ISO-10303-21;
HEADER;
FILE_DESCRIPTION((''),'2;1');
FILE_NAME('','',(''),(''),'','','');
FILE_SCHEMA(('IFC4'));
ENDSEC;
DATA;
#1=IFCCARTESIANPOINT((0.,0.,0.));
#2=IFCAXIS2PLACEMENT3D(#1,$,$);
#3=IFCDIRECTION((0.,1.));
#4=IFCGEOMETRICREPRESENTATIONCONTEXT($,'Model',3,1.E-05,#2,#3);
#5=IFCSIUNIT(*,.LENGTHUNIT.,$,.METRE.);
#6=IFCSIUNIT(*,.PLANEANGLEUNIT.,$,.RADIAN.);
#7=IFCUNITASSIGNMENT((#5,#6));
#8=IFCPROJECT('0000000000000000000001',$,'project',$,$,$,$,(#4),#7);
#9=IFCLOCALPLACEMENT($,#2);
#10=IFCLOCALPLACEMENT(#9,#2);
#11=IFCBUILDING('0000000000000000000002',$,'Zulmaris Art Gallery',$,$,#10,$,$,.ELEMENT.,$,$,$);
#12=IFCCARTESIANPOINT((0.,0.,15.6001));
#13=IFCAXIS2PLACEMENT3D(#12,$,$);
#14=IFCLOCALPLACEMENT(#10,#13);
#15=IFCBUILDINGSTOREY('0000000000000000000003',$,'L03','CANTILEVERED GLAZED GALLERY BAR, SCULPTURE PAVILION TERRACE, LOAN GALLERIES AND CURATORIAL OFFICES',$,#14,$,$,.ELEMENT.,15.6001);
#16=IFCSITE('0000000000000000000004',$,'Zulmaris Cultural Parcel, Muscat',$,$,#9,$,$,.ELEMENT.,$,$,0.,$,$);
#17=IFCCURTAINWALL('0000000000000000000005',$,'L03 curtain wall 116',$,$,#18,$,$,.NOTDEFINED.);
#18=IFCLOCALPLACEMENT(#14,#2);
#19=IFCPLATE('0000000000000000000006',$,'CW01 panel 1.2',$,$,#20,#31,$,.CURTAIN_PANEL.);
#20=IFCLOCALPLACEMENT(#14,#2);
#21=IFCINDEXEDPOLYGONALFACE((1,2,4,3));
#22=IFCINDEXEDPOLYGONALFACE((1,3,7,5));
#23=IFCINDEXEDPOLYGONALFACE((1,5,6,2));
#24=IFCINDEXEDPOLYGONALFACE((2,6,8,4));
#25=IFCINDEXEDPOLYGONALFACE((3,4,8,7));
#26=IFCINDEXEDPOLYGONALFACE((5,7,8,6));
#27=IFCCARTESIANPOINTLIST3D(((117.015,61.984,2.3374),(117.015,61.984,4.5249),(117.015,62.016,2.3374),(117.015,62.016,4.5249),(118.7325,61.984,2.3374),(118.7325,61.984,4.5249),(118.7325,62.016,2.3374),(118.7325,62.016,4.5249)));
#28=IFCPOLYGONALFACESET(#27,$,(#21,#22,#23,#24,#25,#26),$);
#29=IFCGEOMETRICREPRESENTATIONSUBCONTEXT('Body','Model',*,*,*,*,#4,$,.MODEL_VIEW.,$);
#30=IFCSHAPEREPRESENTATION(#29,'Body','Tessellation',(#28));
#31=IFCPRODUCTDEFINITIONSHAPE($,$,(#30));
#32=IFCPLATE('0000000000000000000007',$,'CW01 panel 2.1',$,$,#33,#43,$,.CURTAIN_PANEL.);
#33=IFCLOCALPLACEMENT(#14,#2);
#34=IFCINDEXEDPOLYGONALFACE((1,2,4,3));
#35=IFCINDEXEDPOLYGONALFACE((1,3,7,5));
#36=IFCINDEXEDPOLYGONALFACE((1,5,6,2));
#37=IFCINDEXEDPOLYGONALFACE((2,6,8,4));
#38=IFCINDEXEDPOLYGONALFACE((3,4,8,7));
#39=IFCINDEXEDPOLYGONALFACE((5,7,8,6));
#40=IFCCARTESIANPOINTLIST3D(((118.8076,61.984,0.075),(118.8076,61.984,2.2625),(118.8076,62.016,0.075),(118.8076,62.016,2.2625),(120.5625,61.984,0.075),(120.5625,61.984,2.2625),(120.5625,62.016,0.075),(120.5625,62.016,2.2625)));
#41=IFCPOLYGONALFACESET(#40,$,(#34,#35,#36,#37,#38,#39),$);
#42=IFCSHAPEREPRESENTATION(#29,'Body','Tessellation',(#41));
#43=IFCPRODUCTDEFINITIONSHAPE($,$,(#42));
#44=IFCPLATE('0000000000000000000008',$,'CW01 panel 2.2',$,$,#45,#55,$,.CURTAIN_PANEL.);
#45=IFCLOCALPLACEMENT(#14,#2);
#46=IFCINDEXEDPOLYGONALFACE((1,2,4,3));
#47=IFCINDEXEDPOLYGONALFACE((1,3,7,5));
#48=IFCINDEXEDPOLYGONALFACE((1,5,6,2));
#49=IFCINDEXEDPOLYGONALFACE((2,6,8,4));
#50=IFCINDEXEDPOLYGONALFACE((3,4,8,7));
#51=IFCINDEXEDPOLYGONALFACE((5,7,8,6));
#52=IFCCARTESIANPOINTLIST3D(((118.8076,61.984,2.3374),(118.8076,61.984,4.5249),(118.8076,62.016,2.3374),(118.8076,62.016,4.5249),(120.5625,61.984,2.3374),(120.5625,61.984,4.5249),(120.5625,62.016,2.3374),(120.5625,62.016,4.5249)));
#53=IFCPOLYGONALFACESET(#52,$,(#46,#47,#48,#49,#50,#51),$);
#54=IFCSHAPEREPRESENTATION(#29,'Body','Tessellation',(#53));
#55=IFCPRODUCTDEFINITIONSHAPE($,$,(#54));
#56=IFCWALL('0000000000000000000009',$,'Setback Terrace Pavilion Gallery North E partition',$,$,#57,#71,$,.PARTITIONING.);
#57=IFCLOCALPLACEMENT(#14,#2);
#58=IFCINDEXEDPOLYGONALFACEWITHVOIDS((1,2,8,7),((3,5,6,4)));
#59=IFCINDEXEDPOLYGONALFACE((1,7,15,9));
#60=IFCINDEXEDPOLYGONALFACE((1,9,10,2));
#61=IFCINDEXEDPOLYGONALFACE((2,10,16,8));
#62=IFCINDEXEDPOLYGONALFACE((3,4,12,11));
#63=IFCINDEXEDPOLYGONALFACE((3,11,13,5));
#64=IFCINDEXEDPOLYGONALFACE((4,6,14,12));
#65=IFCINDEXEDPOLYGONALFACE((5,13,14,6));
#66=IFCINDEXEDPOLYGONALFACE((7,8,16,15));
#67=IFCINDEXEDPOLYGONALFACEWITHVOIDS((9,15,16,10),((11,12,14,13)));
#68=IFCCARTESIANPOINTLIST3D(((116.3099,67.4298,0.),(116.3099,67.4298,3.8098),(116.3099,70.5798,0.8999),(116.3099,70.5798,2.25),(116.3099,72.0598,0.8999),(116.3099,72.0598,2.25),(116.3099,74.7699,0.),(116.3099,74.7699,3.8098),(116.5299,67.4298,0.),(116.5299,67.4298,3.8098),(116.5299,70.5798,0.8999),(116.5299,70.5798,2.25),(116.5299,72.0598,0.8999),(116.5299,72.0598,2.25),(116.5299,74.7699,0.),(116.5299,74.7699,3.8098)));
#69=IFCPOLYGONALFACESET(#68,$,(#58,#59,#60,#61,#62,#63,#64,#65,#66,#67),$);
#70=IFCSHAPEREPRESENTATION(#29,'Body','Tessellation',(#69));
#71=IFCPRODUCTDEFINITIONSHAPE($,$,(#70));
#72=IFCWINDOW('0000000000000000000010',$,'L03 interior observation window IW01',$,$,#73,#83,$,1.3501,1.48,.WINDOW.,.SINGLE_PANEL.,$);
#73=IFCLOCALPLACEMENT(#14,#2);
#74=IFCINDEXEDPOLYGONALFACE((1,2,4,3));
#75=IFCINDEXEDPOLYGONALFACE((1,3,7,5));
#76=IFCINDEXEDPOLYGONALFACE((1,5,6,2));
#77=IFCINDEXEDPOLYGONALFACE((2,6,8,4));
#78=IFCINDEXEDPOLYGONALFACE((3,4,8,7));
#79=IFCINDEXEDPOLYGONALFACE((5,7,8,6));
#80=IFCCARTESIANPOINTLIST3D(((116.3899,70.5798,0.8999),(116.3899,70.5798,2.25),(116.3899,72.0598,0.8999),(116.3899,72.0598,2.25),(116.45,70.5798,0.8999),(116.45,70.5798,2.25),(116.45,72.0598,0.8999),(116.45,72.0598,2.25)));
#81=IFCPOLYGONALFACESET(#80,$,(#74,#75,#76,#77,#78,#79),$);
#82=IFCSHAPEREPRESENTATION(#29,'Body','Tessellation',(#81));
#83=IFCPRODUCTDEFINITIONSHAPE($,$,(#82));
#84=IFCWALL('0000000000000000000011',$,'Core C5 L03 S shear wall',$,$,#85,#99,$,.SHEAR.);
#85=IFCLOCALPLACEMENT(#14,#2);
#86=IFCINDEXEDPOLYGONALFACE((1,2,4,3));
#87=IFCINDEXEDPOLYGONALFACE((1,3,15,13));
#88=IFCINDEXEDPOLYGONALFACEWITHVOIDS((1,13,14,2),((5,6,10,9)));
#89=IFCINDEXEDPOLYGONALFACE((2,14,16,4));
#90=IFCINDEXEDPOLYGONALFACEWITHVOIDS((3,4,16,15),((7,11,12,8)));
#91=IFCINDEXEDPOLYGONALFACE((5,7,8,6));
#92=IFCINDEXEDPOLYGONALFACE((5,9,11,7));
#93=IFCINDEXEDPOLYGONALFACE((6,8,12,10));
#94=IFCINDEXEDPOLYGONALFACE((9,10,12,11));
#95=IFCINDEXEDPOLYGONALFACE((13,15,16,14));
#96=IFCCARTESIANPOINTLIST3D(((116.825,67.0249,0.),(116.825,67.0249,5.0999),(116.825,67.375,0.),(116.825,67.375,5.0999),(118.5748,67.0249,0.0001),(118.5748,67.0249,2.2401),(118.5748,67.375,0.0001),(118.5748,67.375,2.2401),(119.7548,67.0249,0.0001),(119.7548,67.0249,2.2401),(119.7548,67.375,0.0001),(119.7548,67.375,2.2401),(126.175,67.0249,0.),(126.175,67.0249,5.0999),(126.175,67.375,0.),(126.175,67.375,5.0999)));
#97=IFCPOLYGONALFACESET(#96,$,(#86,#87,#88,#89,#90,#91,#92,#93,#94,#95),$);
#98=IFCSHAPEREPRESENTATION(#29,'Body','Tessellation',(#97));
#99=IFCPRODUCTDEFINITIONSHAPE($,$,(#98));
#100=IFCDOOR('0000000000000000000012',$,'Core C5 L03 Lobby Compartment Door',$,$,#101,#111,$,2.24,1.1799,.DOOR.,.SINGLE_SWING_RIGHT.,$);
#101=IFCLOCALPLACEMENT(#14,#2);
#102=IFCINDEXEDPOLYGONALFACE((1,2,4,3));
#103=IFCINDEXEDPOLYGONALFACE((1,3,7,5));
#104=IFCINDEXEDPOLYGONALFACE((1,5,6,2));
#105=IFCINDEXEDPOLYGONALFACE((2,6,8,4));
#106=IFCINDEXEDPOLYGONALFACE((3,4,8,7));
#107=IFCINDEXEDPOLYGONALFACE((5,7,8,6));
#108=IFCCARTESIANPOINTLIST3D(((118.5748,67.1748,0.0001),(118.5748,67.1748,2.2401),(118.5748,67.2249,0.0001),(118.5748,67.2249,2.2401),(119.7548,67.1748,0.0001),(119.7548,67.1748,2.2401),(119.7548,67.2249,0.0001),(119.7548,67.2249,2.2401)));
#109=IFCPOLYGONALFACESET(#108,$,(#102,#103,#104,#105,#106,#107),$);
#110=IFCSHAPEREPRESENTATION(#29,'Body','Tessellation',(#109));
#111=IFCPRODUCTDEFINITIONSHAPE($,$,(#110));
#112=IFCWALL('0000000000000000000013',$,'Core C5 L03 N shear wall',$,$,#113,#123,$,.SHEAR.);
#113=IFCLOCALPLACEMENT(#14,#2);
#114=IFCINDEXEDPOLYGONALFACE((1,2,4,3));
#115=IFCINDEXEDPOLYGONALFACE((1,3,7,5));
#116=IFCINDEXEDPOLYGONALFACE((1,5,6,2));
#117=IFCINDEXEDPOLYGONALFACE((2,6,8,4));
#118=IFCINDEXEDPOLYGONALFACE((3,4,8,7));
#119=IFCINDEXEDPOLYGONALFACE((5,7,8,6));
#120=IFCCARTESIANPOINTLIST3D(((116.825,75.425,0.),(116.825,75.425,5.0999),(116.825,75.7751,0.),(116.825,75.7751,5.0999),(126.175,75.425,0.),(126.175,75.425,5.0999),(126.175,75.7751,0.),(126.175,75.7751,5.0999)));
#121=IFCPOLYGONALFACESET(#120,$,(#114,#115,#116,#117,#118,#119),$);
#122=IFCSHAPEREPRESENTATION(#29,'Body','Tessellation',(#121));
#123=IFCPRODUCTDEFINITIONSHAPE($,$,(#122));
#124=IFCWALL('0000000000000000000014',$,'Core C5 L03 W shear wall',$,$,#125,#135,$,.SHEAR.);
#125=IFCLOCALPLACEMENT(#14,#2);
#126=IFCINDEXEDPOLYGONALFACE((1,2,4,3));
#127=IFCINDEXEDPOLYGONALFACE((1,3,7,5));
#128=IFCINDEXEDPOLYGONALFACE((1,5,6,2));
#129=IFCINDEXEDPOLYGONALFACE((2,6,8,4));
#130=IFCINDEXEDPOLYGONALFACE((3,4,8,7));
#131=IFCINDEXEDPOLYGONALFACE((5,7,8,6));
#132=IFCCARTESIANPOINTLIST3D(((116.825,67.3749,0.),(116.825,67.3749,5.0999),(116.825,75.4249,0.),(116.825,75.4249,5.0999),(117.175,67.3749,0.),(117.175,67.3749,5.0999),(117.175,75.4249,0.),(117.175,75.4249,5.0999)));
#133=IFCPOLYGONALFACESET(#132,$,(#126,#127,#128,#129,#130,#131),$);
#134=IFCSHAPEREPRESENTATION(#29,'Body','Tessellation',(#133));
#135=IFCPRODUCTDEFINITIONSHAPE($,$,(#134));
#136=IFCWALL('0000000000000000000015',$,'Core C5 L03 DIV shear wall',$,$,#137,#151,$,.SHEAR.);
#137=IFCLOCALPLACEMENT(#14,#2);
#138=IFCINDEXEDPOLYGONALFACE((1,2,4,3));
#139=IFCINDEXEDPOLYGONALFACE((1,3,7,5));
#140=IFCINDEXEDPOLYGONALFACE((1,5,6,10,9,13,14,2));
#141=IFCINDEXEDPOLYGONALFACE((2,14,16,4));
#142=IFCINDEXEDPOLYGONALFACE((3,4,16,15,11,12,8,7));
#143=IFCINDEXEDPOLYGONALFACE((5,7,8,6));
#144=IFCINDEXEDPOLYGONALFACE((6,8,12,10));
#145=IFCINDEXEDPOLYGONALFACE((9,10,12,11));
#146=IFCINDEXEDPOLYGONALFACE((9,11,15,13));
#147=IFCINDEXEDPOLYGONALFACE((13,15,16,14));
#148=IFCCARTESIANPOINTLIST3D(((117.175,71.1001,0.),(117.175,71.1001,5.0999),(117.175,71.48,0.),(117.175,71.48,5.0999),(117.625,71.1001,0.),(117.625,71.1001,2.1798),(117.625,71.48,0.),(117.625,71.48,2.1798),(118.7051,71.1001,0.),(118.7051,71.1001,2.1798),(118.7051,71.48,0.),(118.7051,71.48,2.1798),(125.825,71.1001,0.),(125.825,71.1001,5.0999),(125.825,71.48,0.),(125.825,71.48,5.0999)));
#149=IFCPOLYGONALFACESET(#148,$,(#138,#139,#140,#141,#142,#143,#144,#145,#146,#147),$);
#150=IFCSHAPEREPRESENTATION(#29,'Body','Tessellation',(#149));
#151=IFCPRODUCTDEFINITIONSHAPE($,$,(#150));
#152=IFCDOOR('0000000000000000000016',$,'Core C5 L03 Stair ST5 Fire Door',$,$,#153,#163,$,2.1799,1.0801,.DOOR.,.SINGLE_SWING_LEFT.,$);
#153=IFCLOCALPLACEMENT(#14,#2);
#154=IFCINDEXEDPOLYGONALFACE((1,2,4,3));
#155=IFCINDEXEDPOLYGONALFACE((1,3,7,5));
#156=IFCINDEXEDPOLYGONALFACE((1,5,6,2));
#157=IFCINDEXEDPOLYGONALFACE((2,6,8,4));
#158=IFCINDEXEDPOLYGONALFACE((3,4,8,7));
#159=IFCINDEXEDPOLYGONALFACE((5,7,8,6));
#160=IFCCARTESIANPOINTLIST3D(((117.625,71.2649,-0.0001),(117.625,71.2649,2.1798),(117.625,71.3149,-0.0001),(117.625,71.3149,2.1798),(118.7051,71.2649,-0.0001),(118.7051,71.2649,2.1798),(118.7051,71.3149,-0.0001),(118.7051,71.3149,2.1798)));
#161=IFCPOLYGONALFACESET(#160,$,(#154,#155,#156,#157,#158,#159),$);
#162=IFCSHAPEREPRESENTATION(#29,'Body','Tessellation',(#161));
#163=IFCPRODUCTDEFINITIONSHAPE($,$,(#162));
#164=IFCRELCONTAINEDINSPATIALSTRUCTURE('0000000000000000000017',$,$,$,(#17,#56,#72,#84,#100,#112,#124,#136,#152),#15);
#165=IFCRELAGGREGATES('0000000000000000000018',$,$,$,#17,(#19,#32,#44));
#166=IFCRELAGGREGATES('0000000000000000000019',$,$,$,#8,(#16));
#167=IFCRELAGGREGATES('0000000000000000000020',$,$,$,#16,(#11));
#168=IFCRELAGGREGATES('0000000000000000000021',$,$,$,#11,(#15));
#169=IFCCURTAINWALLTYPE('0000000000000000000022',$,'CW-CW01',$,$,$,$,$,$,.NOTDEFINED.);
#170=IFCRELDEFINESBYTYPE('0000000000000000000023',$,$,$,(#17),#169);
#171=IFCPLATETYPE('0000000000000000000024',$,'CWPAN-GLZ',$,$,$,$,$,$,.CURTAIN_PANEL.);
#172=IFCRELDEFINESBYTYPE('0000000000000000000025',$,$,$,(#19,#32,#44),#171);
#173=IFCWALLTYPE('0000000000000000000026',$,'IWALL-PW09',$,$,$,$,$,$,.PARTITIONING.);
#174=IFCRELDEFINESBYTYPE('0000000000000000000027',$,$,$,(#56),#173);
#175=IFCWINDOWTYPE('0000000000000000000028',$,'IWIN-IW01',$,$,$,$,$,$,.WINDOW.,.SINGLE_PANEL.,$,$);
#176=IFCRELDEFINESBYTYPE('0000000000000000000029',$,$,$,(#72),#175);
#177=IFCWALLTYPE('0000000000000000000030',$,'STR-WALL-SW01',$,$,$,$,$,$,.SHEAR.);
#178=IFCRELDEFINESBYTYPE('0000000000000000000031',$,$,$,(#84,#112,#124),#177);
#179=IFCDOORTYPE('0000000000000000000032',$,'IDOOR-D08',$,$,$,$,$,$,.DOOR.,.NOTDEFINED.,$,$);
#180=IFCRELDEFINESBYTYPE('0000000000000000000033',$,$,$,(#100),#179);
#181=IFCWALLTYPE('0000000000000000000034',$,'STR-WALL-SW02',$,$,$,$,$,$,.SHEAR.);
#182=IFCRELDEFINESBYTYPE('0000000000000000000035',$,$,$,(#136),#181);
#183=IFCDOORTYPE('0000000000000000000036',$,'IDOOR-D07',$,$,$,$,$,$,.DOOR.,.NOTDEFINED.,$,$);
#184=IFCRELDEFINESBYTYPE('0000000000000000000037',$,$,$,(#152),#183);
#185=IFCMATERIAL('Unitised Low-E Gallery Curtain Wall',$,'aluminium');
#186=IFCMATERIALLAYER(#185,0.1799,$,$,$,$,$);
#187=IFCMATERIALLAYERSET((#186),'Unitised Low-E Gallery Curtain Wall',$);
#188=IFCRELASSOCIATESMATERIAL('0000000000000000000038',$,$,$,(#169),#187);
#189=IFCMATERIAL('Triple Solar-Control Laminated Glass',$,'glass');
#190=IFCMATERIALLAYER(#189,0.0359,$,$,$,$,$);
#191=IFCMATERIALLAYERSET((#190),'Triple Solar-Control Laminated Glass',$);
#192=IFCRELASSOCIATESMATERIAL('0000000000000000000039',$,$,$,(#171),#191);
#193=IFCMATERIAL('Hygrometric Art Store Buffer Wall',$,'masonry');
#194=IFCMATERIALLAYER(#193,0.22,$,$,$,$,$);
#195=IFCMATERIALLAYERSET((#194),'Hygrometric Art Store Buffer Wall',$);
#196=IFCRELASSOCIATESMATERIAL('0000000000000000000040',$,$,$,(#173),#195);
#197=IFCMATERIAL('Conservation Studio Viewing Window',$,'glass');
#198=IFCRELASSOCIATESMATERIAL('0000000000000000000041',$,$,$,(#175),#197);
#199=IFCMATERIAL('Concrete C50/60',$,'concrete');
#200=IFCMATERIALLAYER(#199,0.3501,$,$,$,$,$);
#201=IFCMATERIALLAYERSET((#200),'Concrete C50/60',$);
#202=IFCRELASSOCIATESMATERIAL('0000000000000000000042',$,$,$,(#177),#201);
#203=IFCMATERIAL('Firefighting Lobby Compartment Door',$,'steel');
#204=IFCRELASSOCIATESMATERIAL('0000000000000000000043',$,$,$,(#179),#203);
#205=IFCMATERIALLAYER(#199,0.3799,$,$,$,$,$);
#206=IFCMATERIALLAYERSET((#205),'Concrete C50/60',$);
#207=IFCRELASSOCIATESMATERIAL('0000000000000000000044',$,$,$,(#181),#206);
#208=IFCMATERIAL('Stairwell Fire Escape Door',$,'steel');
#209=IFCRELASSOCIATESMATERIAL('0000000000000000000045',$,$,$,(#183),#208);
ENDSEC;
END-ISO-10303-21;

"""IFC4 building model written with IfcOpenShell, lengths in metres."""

from ifc_helpers import new_model, si_unit, direction, frame, frame_2d, origin, origin_2d, place, context, subcontext, project, spatial, rectangle, extrude, material, layer, layer_set, type_object, element, fill, aggregate, save


model = new_model("IFC4")

# Units and contexts
model_context = context("Model", 3, precision=1e-05, world=origin(), true_north=direction((0.0, 1.0)))
body_context = subcontext(model_context, "Body", "Model", "MODEL_VIEW")
ifc_project = project(units=[si_unit("LENGTHUNIT", "METRE"), si_unit("PLANEANGLEUNIT", "RADIAN")], contexts=[model_context])

# Site, building, storey
site_placement = place(None, origin())
site = spatial("IfcSite", under=ifc_project, at=site_placement, Name="Zulmaris Cultural Parcel, Muscat", CompositionType="ELEMENT", RefElevation=0.0)
building_placement = place(site_placement, origin())
building = spatial("IfcBuilding", under=site, at=building_placement, Name="Zulmaris Art Gallery", CompositionType="ELEMENT")
storey_placement = place(building_placement, frame((0.0, 0.0, 15.6001)))
storey = spatial("IfcBuildingStorey", under=building, at=storey_placement, Name="L03", Description="CANTILEVERED GLAZED GALLERY BAR, SCULPTURE PAVILION TERRACE, LOAN GALLERIES AND CURATORIAL OFFICES", CompositionType="ELEMENT", Elevation=15.6001)

# Curtain wall
ifc_material_1 = material(Name="Unitised Low-E Gallery Curtain Wall", Category="aluminium")
ifc_layer_1 = layer(ifc_material_1, 0.1799)
ifc_layer_set_1 = layer_set([ifc_layer_1], Name="Unitised Low-E Gallery Curtain Wall")
curtain_wall_type = type_object("IfcCurtainWallType", Name="CW-CW01", PredefinedType="NOTDEFINED", material=ifc_layer_set_1)
curtain_wall_1_placement = place(storey_placement, origin())
curtain_wall_1 = element("IfcCurtainWall", 1, at=curtain_wall_1_placement, inside=storey, type_object=curtain_wall_type, Name="L03 curtain wall 116", PredefinedType="NOTDEFINED")

# Plates
ifc_material_2 = material(Name="Triple Solar-Control Laminated Glass", Category="glass")
ifc_layer_2 = layer(ifc_material_2, 0.0359)
ifc_layer_set_2 = layer_set([ifc_layer_2], Name="Triple Solar-Control Laminated Glass")
plate_type = type_object("IfcPlateType", Name="CWPAN-GLZ", PredefinedType="CURTAIN_PANEL", material=ifc_layer_set_2)
plate_1_placement = place(storey_placement, frame((117.8738, 62.0, 2.3374), z_axis=(0.0, 0.0, 1.0), x_axis=(1.0, 0.0, 0.0)))
plate_1 = element("IfcPlate", 2, at=plate_1_placement, type_object=plate_type, Name="CW01 panel 1.2", PredefinedType="CURTAIN_PANEL", context=body_context, shape_type="SweptSolid", body=[
    extrude(rectangle(XDim=1.7175, YDim=0.032, at=origin_2d()), origin(), (0.0, 0.0, 1.0), 2.1875),
])
plate_2_placement = place(storey_placement, frame((119.6851, 62.0, 0.075), z_axis=(0.0, 0.0, 1.0), x_axis=(1.0, 0.0, 0.0)))
plate_2 = element("IfcPlate", 3, at=plate_2_placement, type_object=plate_type, Name="CW01 panel 2.1", PredefinedType="CURTAIN_PANEL", context=body_context, shape_type="SweptSolid", body=[
    extrude(rectangle(XDim=1.7549, YDim=0.032, at=origin_2d()), origin(), (0.0, 0.0, 1.0), 2.1875),
])
plate_3_placement = place(storey_placement, frame((119.6851, 62.0, 2.3374), z_axis=(0.0, 0.0, 1.0), x_axis=(1.0, 0.0, 0.0)))
plate_3 = element("IfcPlate", 4, at=plate_3_placement, type_object=plate_type, Name="CW01 panel 2.2", PredefinedType="CURTAIN_PANEL", context=body_context, shape_type="SweptSolid", body=[
    extrude(rectangle(XDim=1.7549, YDim=0.032, at=origin_2d()), origin(), (0.0, 0.0, 1.0), 2.1875),
])
aggregate(curtain_wall_1, [plate_1, plate_2, plate_3])

# Wall, opening, window
ifc_material_3 = material(Name="Hygrometric Art Store Buffer Wall", Category="masonry")
ifc_layer_3 = layer(ifc_material_3, 0.22)
ifc_layer_set_3 = layer_set([ifc_layer_3], Name="Hygrometric Art Store Buffer Wall")
wall_type_1 = type_object("IfcWallType", Name="IWALL-PW09", PredefinedType="PARTITIONING", material=ifc_layer_set_3)
wall_1_placement = place(storey_placement, frame((116.4199, 67.4299, 0.0), z_axis=(0.0, 0.0, 1.0), x_axis=(0.0, 1.0, 0.0)))
wall_1 = element("IfcWall", 5, at=wall_1_placement, inside=storey, type_object=wall_type_1, Name="Setback Terrace Pavilion Gallery North E partition", PredefinedType="PARTITIONING", context=body_context, shape_type="SweptSolid", body=[
    extrude(rectangle(XDim=7.3401, YDim=0.22, at=frame_2d((3.6699, 0.0))), origin(), (0.0, 0.0, 1.0), 3.8098),
])
opening_1_placement = place(wall_1_placement, frame((3.1499, 0.0, 0.8999)))
opening_1 = element("IfcOpeningElement", 6, at=opening_1_placement, cuts=wall_1, PredefinedType="OPENING", context=body_context, shape_type="SweptSolid", body=[
    extrude(rectangle(XDim=1.48, YDim=1.3501, at=frame_2d((0.74, 0.675))), frame((0.0, 0.1199, 0.0), z_axis=(0.0, -1.0, 0.0), x_axis=(1.0, 0.0, 0.0)), (0.0, 0.0, 1.0), 0.24),
])
ifc_material_4 = material(Name="Conservation Studio Viewing Window", Category="glass")
window_type = type_object("IfcWindowType", Name="IWIN-IW01", PartitioningType="SINGLE_PANEL", PredefinedType="WINDOW", material=ifc_material_4)
window_placement = place(opening_1_placement, origin())
window = element("IfcWindow", 7, at=window_placement, inside=storey, type_object=window_type, Name="L03 interior observation window IW01", OverallHeight=1.3501, OverallWidth=1.48, PartitioningType="SINGLE_PANEL", PredefinedType="WINDOW", context=body_context, shape_type="SweptSolid", body=[
    extrude(rectangle(XDim=1.48, YDim=1.3501, at=frame_2d((0.74, 0.675))), frame((0.0, 0.03, 0.0), z_axis=(0.0, -1.0, 0.0), x_axis=(1.0, 0.0, 0.0)), (0.0, 0.0, 1.0), 0.0601),
])
fill(opening_1, window)

# Wall, opening, door
ifc_material_5 = material(Name="Concrete C50/60", Category="concrete")
ifc_layer_4 = layer(ifc_material_5, 0.3501)
ifc_layer_set_4 = layer_set([ifc_layer_4], Name="Concrete C50/60")
wall_type_2 = type_object("IfcWallType", Name="STR-WALL-SW01", PredefinedType="SHEAR", material=ifc_layer_set_4)
wall_2_placement = place(storey_placement, frame((116.825, 67.2, 0.0), z_axis=(0.0, 0.0, 1.0), x_axis=(1.0, 0.0, 0.0)))
wall_2 = element("IfcWall", 8, at=wall_2_placement, inside=storey, type_object=wall_type_2, Name="Core C5 L03 S shear wall", PredefinedType="SHEAR", context=body_context, shape_type="SweptSolid", body=[
    extrude(rectangle(XDim=9.3501, YDim=0.3501, at=frame_2d((4.675, 0.0))), origin(), (0.0, 0.0, 1.0), 5.0999),
])
opening_2_placement = place(wall_2_placement, frame((1.75, 0.0, 0.0)))
opening_2 = element("IfcOpeningElement", 9, at=opening_2_placement, cuts=wall_2, PredefinedType="OPENING", context=body_context, shape_type="SweptSolid", body=[
    extrude(rectangle(XDim=1.1799, YDim=2.24, at=frame_2d((0.5898, 1.1201))), frame((0.0, 0.1851, 0.0), z_axis=(0.0, -1.0, 0.0), x_axis=(1.0, 0.0, 0.0)), (0.0, 0.0, 1.0), 0.3701),
])
ifc_material_6 = material(Name="Firefighting Lobby Compartment Door", Category="steel")
door_type_1 = type_object("IfcDoorType", Name="IDOOR-D08", OperationType="NOTDEFINED", PredefinedType="DOOR", material=ifc_material_6)
door_1_placement = place(opening_2_placement, origin())
door_1 = element("IfcDoor", 10, at=door_1_placement, inside=storey, type_object=door_type_1, Name="Core C5 L03 Lobby Compartment Door", OperationType="SINGLE_SWING_RIGHT", OverallHeight=2.24, OverallWidth=1.1799, PredefinedType="DOOR", context=body_context, shape_type="SweptSolid", body=[
    extrude(rectangle(XDim=1.1799, YDim=2.24, at=frame_2d((0.5898, 1.1201))), frame((0.0, 0.0249, 0.0), z_axis=(0.0, -1.0, 0.0), x_axis=(1.0, 0.0, 0.0)), (0.0, 0.0, 1.0), 0.05),
])
fill(opening_2, door_1)

# Walls
wall_3_placement = place(storey_placement, frame((116.825, 75.6001, 0.0), z_axis=(0.0, 0.0, 1.0), x_axis=(1.0, 0.0, 0.0)))
element("IfcWall", 11, at=wall_3_placement, inside=storey, type_object=wall_type_2, Name="Core C5 L03 N shear wall", PredefinedType="SHEAR", context=body_context, shape_type="SweptSolid", body=[
    extrude(rectangle(XDim=9.3501, YDim=0.3501, at=frame_2d((4.675, 0.0))), origin(), (0.0, 0.0, 1.0), 5.0999),
])
wall_4_placement = place(storey_placement, frame((117.0, 67.375, 0.0), z_axis=(0.0, 0.0, 1.0), x_axis=(0.0, 1.0, 0.0)))
element("IfcWall", 12, at=wall_4_placement, inside=storey, type_object=wall_type_2, Name="Core C5 L03 W shear wall", PredefinedType="SHEAR", context=body_context, shape_type="SweptSolid", body=[
    extrude(rectangle(XDim=8.05, YDim=0.3501, at=frame_2d((4.0249, 0.0))), origin(), (0.0, 0.0, 1.0), 5.0999),
])

# Wall, opening, door
ifc_layer_5 = layer(ifc_material_5, 0.3799)
ifc_layer_set_5 = layer_set([ifc_layer_5], Name="Concrete C50/60")
wall_type_3 = type_object("IfcWallType", Name="STR-WALL-SW02", PredefinedType="SHEAR", material=ifc_layer_set_5)
wall_5_placement = place(storey_placement, frame((117.175, 71.29, 0.0), z_axis=(0.0, 0.0, 1.0), x_axis=(1.0, 0.0, 0.0)))
wall_5 = element("IfcWall", 13, at=wall_5_placement, inside=storey, type_object=wall_type_3, Name="Core C5 L03 DIV shear wall", PredefinedType="SHEAR", context=body_context, shape_type="SweptSolid", body=[
    extrude(rectangle(XDim=8.6499, YDim=0.3799, at=frame_2d((4.325, 0.0))), origin(), (0.0, 0.0, 1.0), 5.0999),
])
opening_3_placement = place(wall_5_placement, frame((0.45, 0.0, 0.0)))
opening_3 = element("IfcOpeningElement", 14, at=opening_3_placement, cuts=wall_5, PredefinedType="OPENING", context=body_context, shape_type="SweptSolid", body=[
    extrude(rectangle(XDim=1.0801, YDim=2.1799, at=frame_2d((0.54, 1.0898))), frame((0.0, 0.2, 0.0), z_axis=(0.0, -1.0, 0.0), x_axis=(1.0, 0.0, 0.0)), (0.0, 0.0, 1.0), 0.3999),
])
ifc_material_7 = material(Name="Stairwell Fire Escape Door", Category="steel")
door_type_2 = type_object("IfcDoorType", Name="IDOOR-D07", OperationType="NOTDEFINED", PredefinedType="DOOR", material=ifc_material_7)
door_2_placement = place(opening_3_placement, origin())
door_2 = element("IfcDoor", 15, at=door_2_placement, inside=storey, type_object=door_type_2, Name="Core C5 L03 Stair ST5 Fire Door", OperationType="SINGLE_SWING_LEFT", OverallHeight=2.1799, OverallWidth=1.0801, PredefinedType="DOOR", context=body_context, shape_type="SweptSolid", body=[
    extrude(rectangle(XDim=1.0801, YDim=2.1799, at=frame_2d((0.54, 1.0898))), frame((0.0, 0.0249, 0.0), z_axis=(0.0, -1.0, 0.0), x_axis=(1.0, 0.0, 0.0)), (0.0, 0.0, 1.0), 0.05),
])
fill(opening_3, door_2)

save(model, "model.ifc")
